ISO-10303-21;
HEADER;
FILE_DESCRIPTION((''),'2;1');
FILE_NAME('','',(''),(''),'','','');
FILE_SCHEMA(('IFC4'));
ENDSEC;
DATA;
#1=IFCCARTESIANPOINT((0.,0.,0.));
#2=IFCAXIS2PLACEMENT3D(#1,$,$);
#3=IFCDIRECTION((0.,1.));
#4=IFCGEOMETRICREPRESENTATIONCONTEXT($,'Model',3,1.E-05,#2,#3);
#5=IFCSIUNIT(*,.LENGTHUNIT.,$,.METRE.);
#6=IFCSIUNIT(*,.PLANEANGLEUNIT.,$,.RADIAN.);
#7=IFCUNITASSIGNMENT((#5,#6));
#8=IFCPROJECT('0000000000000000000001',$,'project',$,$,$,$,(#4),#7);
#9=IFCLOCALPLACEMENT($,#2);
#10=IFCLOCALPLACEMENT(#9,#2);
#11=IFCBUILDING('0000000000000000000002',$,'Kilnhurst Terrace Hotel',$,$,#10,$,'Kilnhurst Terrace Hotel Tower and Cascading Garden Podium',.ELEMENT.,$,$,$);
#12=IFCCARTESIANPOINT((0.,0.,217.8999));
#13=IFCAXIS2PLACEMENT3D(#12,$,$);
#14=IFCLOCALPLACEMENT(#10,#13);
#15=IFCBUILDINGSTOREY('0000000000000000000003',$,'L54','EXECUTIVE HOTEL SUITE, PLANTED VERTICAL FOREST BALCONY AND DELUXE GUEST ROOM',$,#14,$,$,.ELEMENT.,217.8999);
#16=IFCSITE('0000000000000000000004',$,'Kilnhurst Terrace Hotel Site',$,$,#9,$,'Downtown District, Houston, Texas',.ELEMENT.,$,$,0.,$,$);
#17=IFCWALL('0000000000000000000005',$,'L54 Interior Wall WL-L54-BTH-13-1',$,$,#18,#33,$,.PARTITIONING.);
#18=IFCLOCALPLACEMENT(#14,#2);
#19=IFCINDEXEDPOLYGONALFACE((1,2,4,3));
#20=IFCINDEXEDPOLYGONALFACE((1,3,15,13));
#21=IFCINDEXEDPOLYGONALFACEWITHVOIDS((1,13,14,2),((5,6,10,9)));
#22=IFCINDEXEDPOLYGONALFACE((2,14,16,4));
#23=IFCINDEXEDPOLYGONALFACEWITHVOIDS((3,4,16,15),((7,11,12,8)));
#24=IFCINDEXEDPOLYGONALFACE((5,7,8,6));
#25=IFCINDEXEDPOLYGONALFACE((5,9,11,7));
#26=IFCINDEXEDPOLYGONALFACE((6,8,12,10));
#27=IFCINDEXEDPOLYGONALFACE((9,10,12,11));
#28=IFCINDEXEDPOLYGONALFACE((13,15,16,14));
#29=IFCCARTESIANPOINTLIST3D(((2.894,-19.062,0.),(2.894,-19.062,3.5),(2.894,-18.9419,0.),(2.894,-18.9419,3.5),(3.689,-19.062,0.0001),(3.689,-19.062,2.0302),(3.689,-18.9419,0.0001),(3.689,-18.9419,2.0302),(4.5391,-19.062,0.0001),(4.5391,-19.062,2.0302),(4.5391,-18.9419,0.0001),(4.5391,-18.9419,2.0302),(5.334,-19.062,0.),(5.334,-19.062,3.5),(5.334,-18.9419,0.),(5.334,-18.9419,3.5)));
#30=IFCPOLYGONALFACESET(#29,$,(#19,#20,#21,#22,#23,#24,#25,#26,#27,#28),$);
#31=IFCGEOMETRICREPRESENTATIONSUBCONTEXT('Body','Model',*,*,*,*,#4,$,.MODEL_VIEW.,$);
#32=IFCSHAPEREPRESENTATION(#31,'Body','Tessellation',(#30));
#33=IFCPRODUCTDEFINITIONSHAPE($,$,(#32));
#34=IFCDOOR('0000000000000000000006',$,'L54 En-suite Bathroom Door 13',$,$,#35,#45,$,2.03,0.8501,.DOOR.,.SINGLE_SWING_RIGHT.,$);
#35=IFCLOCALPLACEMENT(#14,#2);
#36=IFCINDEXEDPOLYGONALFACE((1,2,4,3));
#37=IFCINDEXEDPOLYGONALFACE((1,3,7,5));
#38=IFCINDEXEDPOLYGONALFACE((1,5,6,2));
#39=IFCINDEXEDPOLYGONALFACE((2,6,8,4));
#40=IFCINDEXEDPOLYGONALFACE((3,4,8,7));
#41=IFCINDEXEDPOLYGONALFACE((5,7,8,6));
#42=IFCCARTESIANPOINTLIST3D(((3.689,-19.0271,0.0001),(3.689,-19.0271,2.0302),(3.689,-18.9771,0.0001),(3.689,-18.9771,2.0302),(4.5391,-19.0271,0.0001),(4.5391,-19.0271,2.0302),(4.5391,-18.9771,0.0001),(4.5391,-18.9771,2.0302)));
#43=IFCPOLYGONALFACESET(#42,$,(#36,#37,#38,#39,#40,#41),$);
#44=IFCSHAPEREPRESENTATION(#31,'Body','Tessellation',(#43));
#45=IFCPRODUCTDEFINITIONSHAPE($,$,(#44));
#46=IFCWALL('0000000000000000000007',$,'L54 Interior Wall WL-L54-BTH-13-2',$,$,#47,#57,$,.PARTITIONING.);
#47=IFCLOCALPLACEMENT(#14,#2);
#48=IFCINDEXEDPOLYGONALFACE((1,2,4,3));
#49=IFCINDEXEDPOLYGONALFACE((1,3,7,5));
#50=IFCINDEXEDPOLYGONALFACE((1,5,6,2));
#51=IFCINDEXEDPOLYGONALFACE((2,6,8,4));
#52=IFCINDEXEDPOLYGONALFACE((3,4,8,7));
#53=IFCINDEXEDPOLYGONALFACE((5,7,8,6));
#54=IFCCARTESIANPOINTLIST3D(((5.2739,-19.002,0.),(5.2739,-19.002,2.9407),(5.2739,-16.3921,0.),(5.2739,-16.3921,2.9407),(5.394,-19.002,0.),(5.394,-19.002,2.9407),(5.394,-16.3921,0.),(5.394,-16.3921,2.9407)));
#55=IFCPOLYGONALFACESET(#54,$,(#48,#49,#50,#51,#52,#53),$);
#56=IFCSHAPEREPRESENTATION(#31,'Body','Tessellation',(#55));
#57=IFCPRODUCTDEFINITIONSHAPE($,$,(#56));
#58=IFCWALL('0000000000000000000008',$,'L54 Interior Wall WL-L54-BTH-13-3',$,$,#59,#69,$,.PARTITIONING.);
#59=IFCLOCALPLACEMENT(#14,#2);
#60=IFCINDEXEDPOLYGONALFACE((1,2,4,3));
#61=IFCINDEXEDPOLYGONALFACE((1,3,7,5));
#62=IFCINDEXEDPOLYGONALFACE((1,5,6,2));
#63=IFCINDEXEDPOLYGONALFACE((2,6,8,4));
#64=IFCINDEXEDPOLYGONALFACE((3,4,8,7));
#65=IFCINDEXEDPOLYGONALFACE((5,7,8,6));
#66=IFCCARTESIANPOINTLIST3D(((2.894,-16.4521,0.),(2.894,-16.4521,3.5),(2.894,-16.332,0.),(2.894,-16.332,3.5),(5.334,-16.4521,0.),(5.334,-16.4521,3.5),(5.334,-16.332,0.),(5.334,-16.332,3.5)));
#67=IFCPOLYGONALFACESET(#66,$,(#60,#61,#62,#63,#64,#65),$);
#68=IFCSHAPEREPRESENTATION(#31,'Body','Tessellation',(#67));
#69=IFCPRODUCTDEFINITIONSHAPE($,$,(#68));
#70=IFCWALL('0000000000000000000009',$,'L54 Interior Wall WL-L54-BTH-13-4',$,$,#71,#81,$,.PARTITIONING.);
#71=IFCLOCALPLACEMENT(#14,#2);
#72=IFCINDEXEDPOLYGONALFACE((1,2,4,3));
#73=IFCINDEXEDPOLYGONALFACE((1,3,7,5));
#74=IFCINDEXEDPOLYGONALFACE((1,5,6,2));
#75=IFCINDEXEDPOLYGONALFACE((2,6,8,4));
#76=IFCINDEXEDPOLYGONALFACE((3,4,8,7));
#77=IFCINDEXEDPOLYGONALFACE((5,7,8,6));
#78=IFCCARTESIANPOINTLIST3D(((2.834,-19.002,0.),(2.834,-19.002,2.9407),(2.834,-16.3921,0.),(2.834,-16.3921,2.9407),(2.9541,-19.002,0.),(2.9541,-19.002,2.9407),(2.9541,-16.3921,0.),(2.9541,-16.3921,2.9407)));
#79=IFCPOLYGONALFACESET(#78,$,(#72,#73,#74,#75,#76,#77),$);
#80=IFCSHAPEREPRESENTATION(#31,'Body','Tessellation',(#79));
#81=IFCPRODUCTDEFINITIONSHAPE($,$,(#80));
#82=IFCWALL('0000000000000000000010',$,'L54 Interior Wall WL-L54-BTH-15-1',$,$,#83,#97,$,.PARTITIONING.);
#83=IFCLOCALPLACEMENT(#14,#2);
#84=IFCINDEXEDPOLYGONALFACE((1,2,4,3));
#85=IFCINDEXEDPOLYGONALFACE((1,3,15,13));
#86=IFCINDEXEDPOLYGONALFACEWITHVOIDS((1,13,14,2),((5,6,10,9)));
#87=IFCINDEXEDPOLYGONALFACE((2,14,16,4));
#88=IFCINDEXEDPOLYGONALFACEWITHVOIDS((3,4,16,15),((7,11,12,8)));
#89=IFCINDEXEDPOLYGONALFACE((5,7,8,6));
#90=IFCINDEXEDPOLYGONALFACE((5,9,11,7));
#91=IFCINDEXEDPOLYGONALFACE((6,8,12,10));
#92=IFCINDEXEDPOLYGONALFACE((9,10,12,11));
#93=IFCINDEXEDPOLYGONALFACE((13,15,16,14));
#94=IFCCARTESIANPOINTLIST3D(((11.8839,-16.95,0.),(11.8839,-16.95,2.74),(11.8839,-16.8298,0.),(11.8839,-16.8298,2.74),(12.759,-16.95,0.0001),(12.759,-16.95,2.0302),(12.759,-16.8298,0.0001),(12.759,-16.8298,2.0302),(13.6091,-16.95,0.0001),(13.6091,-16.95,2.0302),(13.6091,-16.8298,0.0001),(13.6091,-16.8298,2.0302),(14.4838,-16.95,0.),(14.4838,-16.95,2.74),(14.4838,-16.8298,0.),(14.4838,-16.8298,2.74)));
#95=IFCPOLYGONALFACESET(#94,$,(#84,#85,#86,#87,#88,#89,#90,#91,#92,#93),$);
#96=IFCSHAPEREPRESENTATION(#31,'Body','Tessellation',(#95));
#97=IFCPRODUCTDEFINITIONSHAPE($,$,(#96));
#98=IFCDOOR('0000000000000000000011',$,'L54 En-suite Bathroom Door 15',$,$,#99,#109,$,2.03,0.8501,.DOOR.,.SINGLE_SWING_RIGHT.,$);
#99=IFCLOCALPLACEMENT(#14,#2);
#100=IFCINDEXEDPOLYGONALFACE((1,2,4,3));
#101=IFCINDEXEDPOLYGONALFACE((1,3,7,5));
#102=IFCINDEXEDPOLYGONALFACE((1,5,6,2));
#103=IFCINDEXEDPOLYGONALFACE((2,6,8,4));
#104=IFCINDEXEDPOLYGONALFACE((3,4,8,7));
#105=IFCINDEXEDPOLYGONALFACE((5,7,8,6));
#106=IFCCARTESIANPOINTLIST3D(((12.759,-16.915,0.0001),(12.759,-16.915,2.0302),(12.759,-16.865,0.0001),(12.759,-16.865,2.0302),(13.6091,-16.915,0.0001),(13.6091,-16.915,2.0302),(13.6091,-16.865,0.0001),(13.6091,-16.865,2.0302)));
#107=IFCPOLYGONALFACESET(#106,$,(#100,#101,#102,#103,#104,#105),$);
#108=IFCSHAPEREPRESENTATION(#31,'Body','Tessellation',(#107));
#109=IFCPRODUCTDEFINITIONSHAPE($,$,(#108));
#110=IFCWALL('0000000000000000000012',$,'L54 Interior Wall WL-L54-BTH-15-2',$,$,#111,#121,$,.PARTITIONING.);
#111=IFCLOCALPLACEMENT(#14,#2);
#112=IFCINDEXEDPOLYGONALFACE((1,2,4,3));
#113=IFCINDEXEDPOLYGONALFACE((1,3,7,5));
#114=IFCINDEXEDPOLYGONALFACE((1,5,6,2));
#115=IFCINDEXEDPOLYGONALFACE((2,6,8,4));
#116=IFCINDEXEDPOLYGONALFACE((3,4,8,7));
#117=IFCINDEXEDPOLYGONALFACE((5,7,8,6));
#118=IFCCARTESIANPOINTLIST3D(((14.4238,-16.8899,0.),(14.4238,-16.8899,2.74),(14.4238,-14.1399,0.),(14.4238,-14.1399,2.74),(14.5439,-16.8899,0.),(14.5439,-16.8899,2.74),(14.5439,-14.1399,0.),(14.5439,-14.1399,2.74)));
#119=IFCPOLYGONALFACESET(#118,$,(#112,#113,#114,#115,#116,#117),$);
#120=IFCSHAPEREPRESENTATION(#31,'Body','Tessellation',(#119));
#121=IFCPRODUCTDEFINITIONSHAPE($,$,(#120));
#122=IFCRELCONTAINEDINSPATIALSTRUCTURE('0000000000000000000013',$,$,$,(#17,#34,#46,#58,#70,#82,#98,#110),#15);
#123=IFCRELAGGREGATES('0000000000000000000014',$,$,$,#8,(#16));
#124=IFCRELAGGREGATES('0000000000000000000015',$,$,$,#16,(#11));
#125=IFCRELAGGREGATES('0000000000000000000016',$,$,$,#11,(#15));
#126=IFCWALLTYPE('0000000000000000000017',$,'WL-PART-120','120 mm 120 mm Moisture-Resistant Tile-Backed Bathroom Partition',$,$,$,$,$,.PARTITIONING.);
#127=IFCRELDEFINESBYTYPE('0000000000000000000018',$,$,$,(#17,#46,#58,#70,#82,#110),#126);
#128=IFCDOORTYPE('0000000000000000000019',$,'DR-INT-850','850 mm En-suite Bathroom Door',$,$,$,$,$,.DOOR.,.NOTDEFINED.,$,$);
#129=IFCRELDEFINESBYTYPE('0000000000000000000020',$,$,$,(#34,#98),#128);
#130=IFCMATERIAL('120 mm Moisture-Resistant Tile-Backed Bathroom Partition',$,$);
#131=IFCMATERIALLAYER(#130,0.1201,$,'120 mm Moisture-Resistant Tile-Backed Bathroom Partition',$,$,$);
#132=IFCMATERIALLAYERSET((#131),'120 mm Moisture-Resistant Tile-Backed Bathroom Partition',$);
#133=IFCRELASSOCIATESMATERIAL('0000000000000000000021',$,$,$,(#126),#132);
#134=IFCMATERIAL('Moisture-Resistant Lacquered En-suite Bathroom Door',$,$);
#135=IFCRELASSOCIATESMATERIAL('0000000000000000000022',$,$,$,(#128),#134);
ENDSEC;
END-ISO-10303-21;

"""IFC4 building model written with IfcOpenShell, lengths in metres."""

from ifc_helpers import new_model, si_unit, direction, frame, frame_2d, origin, place, context, subcontext, project, spatial, rectangle, extrude, material, layer, layer_set, type_object, element, fill, save


model = new_model("IFC4")

# Units and contexts
model_context = context("Model", 3, precision=1e-05, world=origin(), true_north=direction((0.0, 1.0)))
body_context = subcontext(model_context, "Body", "Model", "MODEL_VIEW")
ifc_project = project(units=[si_unit("LENGTHUNIT", "METRE"), si_unit("PLANEANGLEUNIT", "RADIAN")], contexts=[model_context])

# Site, building, storey
site_placement = place(None, origin())
site = spatial("IfcSite", under=ifc_project, at=site_placement, Name="Kilnhurst Terrace Hotel Site", LongName="Downtown District, Houston, Texas", CompositionType="ELEMENT", RefElevation=0.0)
building_placement = place(site_placement, origin())
building = spatial("IfcBuilding", under=site, at=building_placement, Name="Kilnhurst Terrace Hotel", LongName="Kilnhurst Terrace Hotel Tower and Cascading Garden Podium", CompositionType="ELEMENT")
storey_placement = place(building_placement, frame((0.0, 0.0, 217.8999)))
storey = spatial("IfcBuildingStorey", under=building, at=storey_placement, Name="L54", Description="EXECUTIVE HOTEL SUITE, PLANTED VERTICAL FOREST BALCONY AND DELUXE GUEST ROOM", CompositionType="ELEMENT", Elevation=217.8999)

# Wall, opening, door
ifc_material_1 = material(Name="120 mm Moisture-Resistant Tile-Backed Bathroom Partition")
ifc_layer_1 = layer(ifc_material_1, 0.1201, Name="120 mm Moisture-Resistant Tile-Backed Bathroom Partition")
ifc_layer_set_1 = layer_set([ifc_layer_1], Name="120 mm Moisture-Resistant Tile-Backed Bathroom Partition")
wall_type_1 = type_object("IfcWallType", Name="WL-PART-120", Description="120 mm 120 mm Moisture-Resistant Tile-Backed Bathroom Partition", PredefinedType="PARTITIONING", material=ifc_layer_set_1)
wall_1_placement = place(storey_placement, frame((2.894, -19.002, 0.0), z_axis=(0.0, 0.0, 1.0), x_axis=(1.0, 0.0, 0.0)))
wall_1 = element("IfcWall", 1, at=wall_1_placement, inside=storey, type_object=wall_type_1, Name="L54 Interior Wall WL-L54-BTH-13-1", PredefinedType="PARTITIONING", context=body_context, shape_type="SweptSolid", body=[
    extrude(rectangle(XDim=2.4399, YDim=0.1201, at=frame_2d((1.22, 0.0))), origin(), (0.0, 0.0, 1.0), 3.5),
])
opening_1_placement = place(wall_1_placement, frame((0.7949, 0.0, 0.0)))
opening_1 = element("IfcOpeningElement", 2, at=opening_1_placement, cuts=wall_1, PredefinedType="OPENING", context=body_context, shape_type="SweptSolid", body=[
    extrude(rectangle(XDim=0.8501, YDim=2.03, at=frame_2d((0.425, 1.0151))), frame((0.0, 0.0701, 0.0), z_axis=(0.0, -1.0, 0.0), x_axis=(1.0, 0.0, 0.0)), (0.0, 0.0, 1.0), 0.1401),
])
ifc_material_2 = material(Name="Moisture-Resistant Lacquered En-suite Bathroom Door")
door_type = type_object("IfcDoorType", Name="DR-INT-850", Description="850 mm En-suite Bathroom Door", OperationType="NOTDEFINED", PredefinedType="DOOR", material=ifc_material_2)
door_1_placement = place(opening_1_placement, origin())
door_1 = element("IfcDoor", 3, at=door_1_placement, inside=storey, type_object=door_type, Name="L54 En-suite Bathroom Door 13", OperationType="SINGLE_SWING_RIGHT", OverallHeight=2.03, OverallWidth=0.8501, PredefinedType="DOOR", context=body_context, shape_type="SweptSolid", body=[
    extrude(rectangle(XDim=0.8501, YDim=2.03, at=frame_2d((0.425, 1.0151))), frame((0.0, 0.0249, 0.0), z_axis=(0.0, -1.0, 0.0), x_axis=(1.0, 0.0, 0.0)), (0.0, 0.0, 1.0), 0.05),
])
fill(opening_1, door_1)

# Walls
wall_2_placement = place(storey_placement, frame((5.334, -19.002, 0.0), z_axis=(0.0, 0.0, 1.0), x_axis=(0.0, 1.0, 0.0)))
element("IfcWall", 4, at=wall_2_placement, inside=storey, type_object=wall_type_1, Name="L54 Interior Wall WL-L54-BTH-13-2", PredefinedType="PARTITIONING", context=body_context, shape_type="SweptSolid", body=[
    extrude(rectangle(XDim=2.6099, YDim=0.1201, at=frame_2d((1.3049, 0.0))), origin(), (0.0, 0.0, 1.0), 2.9407),
])
wall_3_placement = place(storey_placement, frame((5.334, -16.3921, 0.0), z_axis=(0.0, 0.0, 1.0), x_axis=(-1.0, 0.0, 0.0)))
element("IfcWall", 5, at=wall_3_placement, inside=storey, type_object=wall_type_1, Name="L54 Interior Wall WL-L54-BTH-13-3", PredefinedType="PARTITIONING", context=body_context, shape_type="SweptSolid", body=[
    extrude(rectangle(XDim=2.4399, YDim=0.1201, at=frame_2d((1.22, 0.0))), origin(), (0.0, 0.0, 1.0), 3.5),
])
wall_4_placement = place(storey_placement, frame((2.894, -16.3921, 0.0), z_axis=(0.0, 0.0, 1.0), x_axis=(0.0, -1.0, 0.0)))
element("IfcWall", 6, at=wall_4_placement, inside=storey, type_object=wall_type_1, Name="L54 Interior Wall WL-L54-BTH-13-4", PredefinedType="PARTITIONING", context=body_context, shape_type="SweptSolid", body=[
    extrude(rectangle(XDim=2.6099, YDim=0.1201, at=frame_2d((1.3049, 0.0))), origin(), (0.0, 0.0, 1.0), 2.9407),
])

# Wall, opening, door
wall_5_placement = place(storey_placement, frame((11.884, -16.8899, 0.0), z_axis=(0.0, 0.0, 1.0), x_axis=(1.0, 0.0, 0.0)))
wall_5 = element("IfcWall", 7, at=wall_5_placement, inside=storey, type_object=wall_type_1, Name="L54 Interior Wall WL-L54-BTH-15-1", PredefinedType="PARTITIONING", context=body_context, shape_type="SweptSolid", body=[
    extrude(rectangle(XDim=2.5999, YDim=0.1201, at=frame_2d((1.2998, 0.0))), origin(), (0.0, 0.0, 1.0), 2.74),
])
opening_2_placement = place(wall_5_placement, frame((0.875, 0.0, 0.0)))
opening_2 = element("IfcOpeningElement", 8, at=opening_2_placement, cuts=wall_5, PredefinedType="OPENING", context=body_context, shape_type="SweptSolid", body=[
    extrude(rectangle(XDim=0.8501, YDim=2.03, at=frame_2d((0.425, 1.0151))), frame((0.0, 0.0701, 0.0), z_axis=(0.0, -1.0, 0.0), x_axis=(1.0, 0.0, 0.0)), (0.0, 0.0, 1.0), 0.1401),
])
door_2_placement = place(opening_2_placement, origin())
door_2 = element("IfcDoor", 9, at=door_2_placement, inside=storey, type_object=door_type, Name="L54 En-suite Bathroom Door 15", OperationType="SINGLE_SWING_RIGHT", OverallHeight=2.03, OverallWidth=0.8501, PredefinedType="DOOR", context=body_context, shape_type="SweptSolid", body=[
    extrude(rectangle(XDim=0.8501, YDim=2.03, at=frame_2d((0.425, 1.0151))), frame((0.0, 0.0249, 0.0), z_axis=(0.0, -1.0, 0.0), x_axis=(1.0, 0.0, 0.0)), (0.0, 0.0, 1.0), 0.05),
])
fill(opening_2, door_2)

# Wall
wall_6_placement = place(storey_placement, frame((14.4839, -16.8899, 0.0), z_axis=(0.0, 0.0, 1.0), x_axis=(0.0, 1.0, 0.0)))
element("IfcWall", 10, at=wall_6_placement, inside=storey, type_object=wall_type_1, Name="L54 Interior Wall WL-L54-BTH-15-2", PredefinedType="PARTITIONING", context=body_context, shape_type="SweptSolid", body=[
    extrude(rectangle(XDim=2.75, YDim=0.1201, at=frame_2d((1.375, 0.0))), origin(), (0.0, 0.0, 1.0), 2.74),
])

save(model, "model.ifc")
